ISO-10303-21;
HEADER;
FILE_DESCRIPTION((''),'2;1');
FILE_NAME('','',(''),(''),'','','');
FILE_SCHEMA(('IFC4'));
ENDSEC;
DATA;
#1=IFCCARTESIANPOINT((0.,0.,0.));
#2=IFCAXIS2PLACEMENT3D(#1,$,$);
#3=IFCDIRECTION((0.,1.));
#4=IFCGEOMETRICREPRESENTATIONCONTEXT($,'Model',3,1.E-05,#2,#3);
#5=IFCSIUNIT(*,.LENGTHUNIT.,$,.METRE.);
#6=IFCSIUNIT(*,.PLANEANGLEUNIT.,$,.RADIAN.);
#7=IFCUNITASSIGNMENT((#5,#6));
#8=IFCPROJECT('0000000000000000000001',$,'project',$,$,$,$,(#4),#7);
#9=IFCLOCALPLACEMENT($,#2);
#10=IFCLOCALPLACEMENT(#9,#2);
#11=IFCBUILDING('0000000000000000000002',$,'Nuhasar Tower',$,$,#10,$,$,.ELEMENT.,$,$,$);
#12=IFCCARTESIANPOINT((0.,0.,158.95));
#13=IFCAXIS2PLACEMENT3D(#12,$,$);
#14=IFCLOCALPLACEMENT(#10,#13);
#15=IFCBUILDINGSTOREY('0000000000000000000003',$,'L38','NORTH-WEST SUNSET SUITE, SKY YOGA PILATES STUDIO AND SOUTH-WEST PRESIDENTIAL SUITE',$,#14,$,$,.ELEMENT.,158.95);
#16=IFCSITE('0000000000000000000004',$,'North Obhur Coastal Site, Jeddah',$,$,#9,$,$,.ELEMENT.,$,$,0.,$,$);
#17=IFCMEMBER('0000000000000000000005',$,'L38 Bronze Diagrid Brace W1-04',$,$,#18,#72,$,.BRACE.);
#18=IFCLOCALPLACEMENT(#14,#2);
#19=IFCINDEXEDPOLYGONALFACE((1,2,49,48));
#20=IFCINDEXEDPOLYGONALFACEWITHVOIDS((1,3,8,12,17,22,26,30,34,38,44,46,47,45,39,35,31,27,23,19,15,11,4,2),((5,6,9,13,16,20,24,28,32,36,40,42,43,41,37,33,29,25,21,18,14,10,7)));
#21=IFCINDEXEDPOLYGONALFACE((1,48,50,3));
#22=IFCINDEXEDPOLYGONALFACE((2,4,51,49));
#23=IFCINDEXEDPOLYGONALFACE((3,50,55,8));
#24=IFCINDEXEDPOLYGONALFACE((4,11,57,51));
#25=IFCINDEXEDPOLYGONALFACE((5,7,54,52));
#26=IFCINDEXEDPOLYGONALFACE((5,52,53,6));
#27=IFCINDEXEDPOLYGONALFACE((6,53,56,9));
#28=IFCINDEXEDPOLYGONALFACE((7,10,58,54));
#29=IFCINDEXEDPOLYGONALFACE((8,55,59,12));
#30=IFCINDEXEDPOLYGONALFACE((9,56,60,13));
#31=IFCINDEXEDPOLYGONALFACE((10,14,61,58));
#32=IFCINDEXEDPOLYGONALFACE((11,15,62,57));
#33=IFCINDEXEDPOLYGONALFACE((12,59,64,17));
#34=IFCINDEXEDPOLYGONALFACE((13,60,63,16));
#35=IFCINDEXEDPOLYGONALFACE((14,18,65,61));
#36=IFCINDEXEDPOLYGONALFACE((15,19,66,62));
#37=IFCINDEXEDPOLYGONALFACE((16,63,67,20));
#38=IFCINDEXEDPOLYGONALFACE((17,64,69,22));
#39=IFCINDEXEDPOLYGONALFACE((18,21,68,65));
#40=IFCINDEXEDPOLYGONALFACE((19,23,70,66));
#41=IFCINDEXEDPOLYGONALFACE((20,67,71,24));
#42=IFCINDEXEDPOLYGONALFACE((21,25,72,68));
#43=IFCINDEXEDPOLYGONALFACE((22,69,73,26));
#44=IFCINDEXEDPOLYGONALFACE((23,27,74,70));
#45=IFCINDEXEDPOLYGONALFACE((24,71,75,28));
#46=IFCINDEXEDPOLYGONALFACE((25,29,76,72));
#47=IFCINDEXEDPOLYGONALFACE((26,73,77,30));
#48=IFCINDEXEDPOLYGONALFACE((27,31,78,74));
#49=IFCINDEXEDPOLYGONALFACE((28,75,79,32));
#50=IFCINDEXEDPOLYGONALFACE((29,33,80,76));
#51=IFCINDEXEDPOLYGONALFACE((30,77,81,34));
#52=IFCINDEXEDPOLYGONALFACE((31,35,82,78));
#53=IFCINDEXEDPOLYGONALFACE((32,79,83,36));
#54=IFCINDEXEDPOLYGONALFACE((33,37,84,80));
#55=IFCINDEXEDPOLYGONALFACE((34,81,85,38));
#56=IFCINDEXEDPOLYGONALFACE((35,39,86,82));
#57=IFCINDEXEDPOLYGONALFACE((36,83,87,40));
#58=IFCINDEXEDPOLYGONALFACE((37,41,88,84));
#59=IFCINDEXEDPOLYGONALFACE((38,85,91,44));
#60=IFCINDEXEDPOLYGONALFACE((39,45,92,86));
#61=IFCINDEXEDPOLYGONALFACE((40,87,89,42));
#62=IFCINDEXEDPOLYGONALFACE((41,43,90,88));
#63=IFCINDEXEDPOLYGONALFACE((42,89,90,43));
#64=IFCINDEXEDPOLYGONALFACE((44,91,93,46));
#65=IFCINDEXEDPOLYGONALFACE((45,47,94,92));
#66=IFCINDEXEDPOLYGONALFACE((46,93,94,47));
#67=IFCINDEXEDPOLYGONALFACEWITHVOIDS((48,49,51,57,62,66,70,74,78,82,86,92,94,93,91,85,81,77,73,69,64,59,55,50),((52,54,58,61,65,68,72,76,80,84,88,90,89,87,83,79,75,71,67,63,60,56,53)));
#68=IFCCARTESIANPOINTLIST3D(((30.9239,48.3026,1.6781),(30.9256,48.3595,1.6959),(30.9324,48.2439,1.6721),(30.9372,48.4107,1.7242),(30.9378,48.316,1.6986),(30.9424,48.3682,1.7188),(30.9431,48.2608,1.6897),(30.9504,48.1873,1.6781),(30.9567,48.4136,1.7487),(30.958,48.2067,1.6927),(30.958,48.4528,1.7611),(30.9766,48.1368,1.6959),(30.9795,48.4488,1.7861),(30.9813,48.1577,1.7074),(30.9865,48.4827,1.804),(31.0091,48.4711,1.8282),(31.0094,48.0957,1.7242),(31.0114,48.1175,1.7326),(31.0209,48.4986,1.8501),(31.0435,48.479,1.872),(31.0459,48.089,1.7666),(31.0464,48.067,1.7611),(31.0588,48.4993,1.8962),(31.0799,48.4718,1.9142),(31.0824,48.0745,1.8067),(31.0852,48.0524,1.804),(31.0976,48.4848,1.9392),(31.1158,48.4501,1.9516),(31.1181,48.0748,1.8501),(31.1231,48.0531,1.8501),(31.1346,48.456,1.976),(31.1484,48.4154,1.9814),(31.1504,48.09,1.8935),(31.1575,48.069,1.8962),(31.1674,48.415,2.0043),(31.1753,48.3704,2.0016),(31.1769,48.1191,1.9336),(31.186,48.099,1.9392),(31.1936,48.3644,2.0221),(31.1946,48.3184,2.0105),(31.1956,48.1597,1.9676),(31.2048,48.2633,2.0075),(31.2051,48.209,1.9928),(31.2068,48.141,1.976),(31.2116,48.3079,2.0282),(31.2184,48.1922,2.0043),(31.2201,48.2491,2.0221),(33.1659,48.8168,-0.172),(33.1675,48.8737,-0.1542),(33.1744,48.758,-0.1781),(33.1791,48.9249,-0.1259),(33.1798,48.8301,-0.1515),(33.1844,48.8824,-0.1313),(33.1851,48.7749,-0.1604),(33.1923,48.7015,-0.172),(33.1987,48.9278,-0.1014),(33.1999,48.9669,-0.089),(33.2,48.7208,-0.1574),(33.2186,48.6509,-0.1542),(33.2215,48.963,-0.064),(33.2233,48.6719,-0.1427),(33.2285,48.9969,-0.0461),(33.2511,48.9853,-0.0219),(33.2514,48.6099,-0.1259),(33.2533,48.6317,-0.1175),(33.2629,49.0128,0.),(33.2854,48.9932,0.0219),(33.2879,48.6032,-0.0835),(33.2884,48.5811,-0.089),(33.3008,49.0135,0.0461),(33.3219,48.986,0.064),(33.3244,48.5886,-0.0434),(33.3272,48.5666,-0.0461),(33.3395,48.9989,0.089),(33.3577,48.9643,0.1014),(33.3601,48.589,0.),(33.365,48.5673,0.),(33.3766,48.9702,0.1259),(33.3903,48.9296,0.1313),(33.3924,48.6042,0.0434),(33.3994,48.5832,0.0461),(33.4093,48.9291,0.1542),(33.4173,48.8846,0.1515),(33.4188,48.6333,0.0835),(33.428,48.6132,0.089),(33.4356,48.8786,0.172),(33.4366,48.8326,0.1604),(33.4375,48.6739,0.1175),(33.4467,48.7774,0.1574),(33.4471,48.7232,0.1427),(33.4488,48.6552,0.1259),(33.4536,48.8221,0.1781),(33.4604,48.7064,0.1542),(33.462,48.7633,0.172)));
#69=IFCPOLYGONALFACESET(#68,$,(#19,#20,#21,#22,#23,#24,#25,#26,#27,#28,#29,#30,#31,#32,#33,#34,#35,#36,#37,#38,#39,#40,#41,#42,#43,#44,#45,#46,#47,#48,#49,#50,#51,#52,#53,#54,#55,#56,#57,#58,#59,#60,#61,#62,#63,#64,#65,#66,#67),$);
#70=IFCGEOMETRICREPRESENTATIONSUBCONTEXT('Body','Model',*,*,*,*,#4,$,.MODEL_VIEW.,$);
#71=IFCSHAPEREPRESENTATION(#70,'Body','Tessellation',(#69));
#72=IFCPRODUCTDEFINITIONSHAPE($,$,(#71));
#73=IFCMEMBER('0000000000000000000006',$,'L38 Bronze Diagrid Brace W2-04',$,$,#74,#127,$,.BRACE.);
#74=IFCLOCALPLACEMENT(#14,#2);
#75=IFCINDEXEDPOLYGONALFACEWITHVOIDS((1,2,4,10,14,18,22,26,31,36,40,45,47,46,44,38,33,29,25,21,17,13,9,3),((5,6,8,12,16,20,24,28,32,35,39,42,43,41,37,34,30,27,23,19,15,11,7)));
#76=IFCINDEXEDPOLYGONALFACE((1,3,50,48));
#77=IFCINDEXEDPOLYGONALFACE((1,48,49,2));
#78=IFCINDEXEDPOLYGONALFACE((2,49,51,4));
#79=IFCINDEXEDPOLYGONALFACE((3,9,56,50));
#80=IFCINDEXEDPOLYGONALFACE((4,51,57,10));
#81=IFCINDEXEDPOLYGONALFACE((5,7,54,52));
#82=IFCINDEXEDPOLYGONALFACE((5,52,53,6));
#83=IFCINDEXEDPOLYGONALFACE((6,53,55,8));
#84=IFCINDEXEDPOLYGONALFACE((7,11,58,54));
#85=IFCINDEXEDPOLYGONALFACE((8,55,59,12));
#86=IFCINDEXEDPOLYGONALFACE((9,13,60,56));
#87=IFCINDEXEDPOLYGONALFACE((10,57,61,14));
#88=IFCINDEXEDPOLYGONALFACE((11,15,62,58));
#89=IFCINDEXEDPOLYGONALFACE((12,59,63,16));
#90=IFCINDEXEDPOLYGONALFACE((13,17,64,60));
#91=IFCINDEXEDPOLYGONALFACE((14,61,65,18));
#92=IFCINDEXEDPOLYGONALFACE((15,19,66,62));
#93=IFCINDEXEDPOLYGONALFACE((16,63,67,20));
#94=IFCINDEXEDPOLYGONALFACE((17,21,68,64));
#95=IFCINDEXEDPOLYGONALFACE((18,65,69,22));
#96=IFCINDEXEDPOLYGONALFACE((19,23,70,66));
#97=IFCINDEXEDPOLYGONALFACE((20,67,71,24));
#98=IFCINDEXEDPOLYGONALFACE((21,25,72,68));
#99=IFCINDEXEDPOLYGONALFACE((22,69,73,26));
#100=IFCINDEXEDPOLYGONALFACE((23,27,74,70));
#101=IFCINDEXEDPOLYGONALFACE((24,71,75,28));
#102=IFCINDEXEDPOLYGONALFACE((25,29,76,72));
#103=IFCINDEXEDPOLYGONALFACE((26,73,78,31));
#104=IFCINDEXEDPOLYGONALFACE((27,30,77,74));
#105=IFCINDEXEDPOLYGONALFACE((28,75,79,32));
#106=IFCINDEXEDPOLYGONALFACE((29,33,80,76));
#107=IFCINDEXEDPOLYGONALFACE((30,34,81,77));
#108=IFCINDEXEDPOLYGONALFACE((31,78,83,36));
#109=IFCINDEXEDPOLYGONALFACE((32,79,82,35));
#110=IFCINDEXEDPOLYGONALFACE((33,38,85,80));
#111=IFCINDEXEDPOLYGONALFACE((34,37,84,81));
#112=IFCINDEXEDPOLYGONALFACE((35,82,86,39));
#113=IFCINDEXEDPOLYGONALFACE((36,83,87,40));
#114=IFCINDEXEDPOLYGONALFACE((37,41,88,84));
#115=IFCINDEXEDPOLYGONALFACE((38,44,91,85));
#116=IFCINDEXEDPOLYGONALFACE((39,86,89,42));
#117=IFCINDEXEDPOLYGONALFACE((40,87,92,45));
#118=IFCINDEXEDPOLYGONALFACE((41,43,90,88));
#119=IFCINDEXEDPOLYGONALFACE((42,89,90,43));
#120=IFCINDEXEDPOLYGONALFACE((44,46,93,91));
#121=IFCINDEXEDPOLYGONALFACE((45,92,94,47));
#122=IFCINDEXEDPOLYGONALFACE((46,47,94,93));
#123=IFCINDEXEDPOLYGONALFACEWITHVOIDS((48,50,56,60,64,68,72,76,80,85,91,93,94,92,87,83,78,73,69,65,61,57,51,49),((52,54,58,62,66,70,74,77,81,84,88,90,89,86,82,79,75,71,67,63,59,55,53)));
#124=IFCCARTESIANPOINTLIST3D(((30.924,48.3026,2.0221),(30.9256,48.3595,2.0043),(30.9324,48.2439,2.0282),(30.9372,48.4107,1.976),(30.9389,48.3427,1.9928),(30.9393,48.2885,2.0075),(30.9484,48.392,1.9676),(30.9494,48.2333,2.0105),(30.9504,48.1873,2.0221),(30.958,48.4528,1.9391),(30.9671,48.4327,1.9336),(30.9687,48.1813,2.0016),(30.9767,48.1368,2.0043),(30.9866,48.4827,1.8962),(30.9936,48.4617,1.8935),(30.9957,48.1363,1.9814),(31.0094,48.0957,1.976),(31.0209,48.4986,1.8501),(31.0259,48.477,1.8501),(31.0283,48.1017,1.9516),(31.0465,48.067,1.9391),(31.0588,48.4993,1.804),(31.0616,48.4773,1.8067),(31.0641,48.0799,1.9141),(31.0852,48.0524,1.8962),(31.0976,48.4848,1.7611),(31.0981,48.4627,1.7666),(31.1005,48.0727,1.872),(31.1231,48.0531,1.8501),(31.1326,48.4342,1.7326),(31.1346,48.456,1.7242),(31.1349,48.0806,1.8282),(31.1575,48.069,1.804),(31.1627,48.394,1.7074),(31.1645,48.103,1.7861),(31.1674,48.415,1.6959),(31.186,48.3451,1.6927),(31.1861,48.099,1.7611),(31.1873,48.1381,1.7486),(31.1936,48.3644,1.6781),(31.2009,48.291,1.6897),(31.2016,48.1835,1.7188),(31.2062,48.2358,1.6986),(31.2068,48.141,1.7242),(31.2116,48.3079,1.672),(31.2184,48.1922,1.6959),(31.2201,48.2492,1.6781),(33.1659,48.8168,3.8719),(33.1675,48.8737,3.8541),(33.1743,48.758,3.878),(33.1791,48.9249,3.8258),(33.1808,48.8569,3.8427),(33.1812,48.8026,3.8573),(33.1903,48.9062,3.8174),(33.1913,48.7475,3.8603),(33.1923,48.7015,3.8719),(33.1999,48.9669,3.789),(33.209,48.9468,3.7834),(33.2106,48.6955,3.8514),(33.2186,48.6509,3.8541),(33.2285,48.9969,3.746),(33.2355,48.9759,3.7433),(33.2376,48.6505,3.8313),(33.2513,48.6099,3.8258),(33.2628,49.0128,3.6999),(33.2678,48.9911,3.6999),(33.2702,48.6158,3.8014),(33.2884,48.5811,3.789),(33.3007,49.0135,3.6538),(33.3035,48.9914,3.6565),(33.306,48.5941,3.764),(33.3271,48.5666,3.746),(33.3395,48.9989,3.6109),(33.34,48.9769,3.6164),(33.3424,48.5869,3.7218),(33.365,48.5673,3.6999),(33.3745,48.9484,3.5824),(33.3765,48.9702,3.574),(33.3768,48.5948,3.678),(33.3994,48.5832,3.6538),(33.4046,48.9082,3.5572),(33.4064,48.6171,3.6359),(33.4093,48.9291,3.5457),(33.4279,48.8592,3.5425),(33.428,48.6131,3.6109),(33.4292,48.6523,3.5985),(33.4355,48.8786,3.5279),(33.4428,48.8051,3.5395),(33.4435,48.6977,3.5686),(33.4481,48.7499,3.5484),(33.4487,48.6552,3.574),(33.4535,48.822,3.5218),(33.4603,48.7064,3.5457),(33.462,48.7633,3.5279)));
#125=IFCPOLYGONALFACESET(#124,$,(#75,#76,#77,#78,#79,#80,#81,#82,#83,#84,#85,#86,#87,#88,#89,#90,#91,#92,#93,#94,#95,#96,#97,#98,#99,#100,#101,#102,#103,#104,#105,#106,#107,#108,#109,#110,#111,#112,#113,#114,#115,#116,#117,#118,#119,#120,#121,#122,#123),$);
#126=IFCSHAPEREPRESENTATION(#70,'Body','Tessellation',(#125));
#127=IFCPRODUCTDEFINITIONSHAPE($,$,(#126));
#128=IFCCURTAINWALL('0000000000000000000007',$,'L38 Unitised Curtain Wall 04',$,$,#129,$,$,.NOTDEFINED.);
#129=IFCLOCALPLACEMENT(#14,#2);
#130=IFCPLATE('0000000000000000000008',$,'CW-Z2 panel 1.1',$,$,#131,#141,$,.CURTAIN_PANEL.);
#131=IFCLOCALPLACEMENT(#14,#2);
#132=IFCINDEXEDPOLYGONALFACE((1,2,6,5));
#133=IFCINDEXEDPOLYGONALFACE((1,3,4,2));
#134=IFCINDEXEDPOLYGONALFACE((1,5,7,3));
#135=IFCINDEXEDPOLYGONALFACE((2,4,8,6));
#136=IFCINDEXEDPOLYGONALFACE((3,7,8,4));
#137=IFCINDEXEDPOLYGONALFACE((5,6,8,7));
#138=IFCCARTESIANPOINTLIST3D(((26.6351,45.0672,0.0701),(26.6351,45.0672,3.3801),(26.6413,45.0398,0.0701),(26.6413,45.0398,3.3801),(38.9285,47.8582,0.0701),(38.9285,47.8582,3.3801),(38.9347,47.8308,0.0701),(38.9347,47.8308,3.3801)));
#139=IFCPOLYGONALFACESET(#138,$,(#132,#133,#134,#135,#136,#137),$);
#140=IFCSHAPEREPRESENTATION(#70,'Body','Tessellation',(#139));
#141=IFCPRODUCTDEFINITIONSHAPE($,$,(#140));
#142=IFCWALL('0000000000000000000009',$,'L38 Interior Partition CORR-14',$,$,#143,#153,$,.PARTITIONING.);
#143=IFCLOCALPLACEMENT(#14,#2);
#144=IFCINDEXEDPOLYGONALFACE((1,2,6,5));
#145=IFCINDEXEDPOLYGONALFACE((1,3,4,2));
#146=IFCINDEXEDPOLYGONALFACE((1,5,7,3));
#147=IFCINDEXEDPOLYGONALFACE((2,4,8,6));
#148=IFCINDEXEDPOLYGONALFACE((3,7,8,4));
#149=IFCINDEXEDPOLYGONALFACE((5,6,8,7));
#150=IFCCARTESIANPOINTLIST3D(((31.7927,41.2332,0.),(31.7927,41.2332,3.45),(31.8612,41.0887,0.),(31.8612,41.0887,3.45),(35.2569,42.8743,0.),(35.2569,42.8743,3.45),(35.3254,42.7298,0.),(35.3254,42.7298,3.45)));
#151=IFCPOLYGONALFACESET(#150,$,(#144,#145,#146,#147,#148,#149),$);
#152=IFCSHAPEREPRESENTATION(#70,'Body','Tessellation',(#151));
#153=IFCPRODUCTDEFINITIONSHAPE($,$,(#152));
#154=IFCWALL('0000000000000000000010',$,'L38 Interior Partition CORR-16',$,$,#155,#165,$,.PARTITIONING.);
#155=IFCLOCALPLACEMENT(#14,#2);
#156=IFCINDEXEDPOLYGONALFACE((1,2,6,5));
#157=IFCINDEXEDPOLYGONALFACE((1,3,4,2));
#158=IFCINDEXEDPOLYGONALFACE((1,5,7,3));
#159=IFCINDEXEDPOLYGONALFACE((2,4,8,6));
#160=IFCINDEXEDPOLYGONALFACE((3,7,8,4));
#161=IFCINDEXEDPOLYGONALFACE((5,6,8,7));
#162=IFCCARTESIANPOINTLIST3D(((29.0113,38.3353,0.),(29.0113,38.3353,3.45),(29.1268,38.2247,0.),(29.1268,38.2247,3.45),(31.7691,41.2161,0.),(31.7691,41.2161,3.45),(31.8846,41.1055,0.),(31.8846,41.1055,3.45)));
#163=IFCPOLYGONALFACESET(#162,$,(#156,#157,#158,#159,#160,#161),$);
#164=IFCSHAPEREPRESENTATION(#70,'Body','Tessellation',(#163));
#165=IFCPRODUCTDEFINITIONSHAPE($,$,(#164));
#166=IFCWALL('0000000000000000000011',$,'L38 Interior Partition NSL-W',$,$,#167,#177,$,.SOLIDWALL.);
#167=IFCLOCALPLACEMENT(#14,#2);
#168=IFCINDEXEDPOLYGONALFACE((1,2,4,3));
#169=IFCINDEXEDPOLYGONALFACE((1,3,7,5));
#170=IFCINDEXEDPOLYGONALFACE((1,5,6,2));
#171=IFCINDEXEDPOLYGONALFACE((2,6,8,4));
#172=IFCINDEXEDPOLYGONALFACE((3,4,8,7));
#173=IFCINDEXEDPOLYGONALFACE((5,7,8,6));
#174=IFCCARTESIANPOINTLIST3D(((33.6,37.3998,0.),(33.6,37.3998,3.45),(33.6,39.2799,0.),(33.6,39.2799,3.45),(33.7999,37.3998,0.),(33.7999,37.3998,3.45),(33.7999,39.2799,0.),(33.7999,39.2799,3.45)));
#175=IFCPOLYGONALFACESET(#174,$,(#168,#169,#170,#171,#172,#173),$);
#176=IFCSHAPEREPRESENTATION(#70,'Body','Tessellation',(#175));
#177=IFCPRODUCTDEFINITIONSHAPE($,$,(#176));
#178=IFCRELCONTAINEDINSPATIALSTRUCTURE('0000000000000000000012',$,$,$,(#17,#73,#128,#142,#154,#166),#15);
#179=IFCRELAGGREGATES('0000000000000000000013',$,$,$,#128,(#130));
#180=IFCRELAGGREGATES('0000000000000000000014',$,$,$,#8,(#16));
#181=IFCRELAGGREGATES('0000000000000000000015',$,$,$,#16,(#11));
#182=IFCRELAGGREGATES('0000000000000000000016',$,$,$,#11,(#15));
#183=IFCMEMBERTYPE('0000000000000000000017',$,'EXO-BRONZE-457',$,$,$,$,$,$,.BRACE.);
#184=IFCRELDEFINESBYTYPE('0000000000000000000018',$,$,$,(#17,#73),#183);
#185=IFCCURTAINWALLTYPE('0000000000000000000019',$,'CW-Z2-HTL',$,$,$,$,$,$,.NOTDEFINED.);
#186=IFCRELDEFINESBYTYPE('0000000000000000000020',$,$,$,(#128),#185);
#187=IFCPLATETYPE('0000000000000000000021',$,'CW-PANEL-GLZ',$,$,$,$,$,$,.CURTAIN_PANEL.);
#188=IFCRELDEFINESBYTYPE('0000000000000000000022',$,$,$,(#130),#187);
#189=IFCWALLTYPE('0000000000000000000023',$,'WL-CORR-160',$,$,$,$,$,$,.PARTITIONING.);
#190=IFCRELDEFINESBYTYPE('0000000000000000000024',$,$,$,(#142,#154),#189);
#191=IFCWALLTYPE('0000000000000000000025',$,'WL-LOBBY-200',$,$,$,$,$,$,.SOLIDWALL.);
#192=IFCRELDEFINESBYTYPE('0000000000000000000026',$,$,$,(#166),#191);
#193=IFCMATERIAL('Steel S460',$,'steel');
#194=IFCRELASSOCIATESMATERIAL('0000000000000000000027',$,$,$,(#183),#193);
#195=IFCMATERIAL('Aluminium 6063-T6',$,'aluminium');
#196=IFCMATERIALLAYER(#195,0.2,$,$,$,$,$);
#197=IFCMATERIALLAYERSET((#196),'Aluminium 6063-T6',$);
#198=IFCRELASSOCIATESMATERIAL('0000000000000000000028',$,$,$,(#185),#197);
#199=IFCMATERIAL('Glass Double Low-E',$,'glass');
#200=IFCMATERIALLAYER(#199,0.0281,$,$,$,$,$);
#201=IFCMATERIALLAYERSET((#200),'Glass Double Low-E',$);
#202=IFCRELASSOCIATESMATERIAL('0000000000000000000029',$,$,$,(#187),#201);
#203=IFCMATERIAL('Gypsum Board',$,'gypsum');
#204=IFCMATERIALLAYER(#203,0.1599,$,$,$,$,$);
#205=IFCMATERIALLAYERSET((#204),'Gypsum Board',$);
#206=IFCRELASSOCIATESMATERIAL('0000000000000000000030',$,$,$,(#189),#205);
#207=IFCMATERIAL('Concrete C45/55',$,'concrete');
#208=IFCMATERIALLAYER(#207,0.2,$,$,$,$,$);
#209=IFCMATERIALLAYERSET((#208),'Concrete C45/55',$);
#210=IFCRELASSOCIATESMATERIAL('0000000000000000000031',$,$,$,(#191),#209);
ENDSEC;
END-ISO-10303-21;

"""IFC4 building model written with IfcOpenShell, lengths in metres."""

from ifc_helpers import new_model, si_unit, direction, frame, frame_2d, origin, origin_2d, place, context, subcontext, project, spatial, rectangle, hollow_circle, extrude, material, layer, layer_set, material_profile, profile_set, type_object, element, aggregate, save


model = new_model("IFC4")

# Units and contexts
model_context = context("Model", 3, precision=1e-05, world=origin(), true_north=direction((0.0, 1.0)))
body_context = subcontext(model_context, "Body", "Model", "MODEL_VIEW")
ifc_project = project(units=[si_unit("LENGTHUNIT", "METRE"), si_unit("PLANEANGLEUNIT", "RADIAN")], contexts=[model_context])

# Site, building, storey
site_placement = place(None, origin())
site = spatial("IfcSite", under=ifc_project, at=site_placement, Name="North Obhur Coastal Site, Jeddah", CompositionType="ELEMENT", RefElevation=0.0)
building_placement = place(site_placement, origin())
building = spatial("IfcBuilding", under=site, at=building_placement, Name="Nuhasar Tower", CompositionType="ELEMENT")
storey_placement = place(building_placement, frame((0.0, 0.0, 158.95)))
storey = spatial("IfcBuildingStorey", under=building, at=storey_placement, Name="L38", Description="NORTH-WEST SUNSET SUITE, SKY YOGA PILATES STUDIO AND SOUTH-WEST PRESIDENTIAL SUITE", CompositionType="ELEMENT", Elevation=158.95)

# Members
ifc_material_1 = material(Name="Steel S460", Category="steel")
ifc_material_profile_1 = material_profile(ifc_material_1, hollow_circle(Radius=0.2285, WallThickness=0.0222, at=origin_2d()), Name="HSS457X22.2")
ifc_profile_set_1 = profile_set([ifc_material_profile_1], Name="Steel S460")
member_type = type_object("IfcMemberType", Name="EXO-BRONZE-457", PredefinedType="BRACE", material=ifc_profile_set_1)
member_1_placement = place(storey_placement, frame((33.314, 48.79, 0.0), z_axis=(-0.7595, -0.174181, 0.626755), x_axis=(0.223534, -0.974696, 0.0)))
element("IfcMember", 1, at=member_1_placement, inside=storey, type_object=member_type, Name="L38 Bronze Diagrid Brace W1-04", PredefinedType="BRACE", context=body_context, shape_type="SweptSolid", body=[
    extrude(hollow_circle(Radius=0.2285, WallThickness=0.0222, at=origin_2d()), origin(), (0.0, 0.0, 1.0), 2.9519),
])
member_2_placement = place(storey_placement, frame((31.072, 48.2759, 1.8501), z_axis=(0.759539, 0.17419, 0.626704), x_axis=(-0.223534, 0.974696, 0.0)))
element("IfcMember", 2, at=member_2_placement, inside=storey, type_object=member_type, Name="L38 Bronze Diagrid Brace W2-04", PredefinedType="BRACE", context=body_context, shape_type="SweptSolid", body=[
    extrude(hollow_circle(Radius=0.2285, WallThickness=0.0222, at=origin_2d()), origin(), (0.0, 0.0, 1.0), 2.9517),
])

# Curtain wall, plate
ifc_material_2 = material(Name="Aluminium 6063-T6", Category="aluminium")
ifc_layer_1 = layer(ifc_material_2, 0.2)
ifc_layer_set_1 = layer_set([ifc_layer_1], Name="Aluminium 6063-T6")
curtain_wall_type = type_object("IfcCurtainWallType", Name="CW-Z2-HTL", PredefinedType="NOTDEFINED", material=ifc_layer_set_1)
curtain_wall_placement = place(storey_placement, origin())
curtain_wall = element("IfcCurtainWall", 3, at=curtain_wall_placement, inside=storey, type_object=curtain_wall_type, Name="L38 Unitised Curtain Wall 04", PredefinedType="NOTDEFINED")
ifc_material_3 = material(Name="Glass Double Low-E", Category="glass")
ifc_layer_2 = layer(ifc_material_3, 0.0281)
ifc_layer_set_2 = layer_set([ifc_layer_2], Name="Glass Double Low-E")
plate_type = type_object("IfcPlateType", Name="CW-PANEL-GLZ", PredefinedType="CURTAIN_PANEL", material=ifc_layer_set_2)
plate_placement = place(storey_placement, frame((32.7849, 46.449, 0.0701), z_axis=(0.0, 0.0, 1.0), x_axis=(-0.975184, -0.221397, 0.0)))
plate = element("IfcPlate", 4, at=plate_placement, type_object=plate_type, Name="CW-Z2 panel 1.1", PredefinedType="CURTAIN_PANEL", context=body_context, shape_type="SweptSolid", body=[
    extrude(rectangle(XDim=12.6062, YDim=0.0281, at=origin_2d()), origin(), (0.0, 0.0, 1.0), 3.3101),
])
aggregate(curtain_wall, [plate])

# Shared definitions
ifc_material_4 = material(Name="Gypsum Board", Category="gypsum")
ifc_layer_3 = layer(ifc_material_4, 0.1599)
ifc_layer_set_3 = layer_set([ifc_layer_3], Name="Gypsum Board")
wall_type_1 = type_object("IfcWallType", Name="WL-CORR-160", PredefinedType="PARTITIONING", material=ifc_layer_set_3)

# Walls
wall_1_placement = place(storey_placement, frame((35.291, 42.802, 0.0), z_axis=(0.0, 0.0, 1.0), x_axis=(-0.903716, -0.428133, 0.0)))
element("IfcWall", 5, at=wall_1_placement, inside=storey, type_object=wall_type_1, Name="L38 Interior Partition CORR-14", PredefinedType="PARTITIONING", context=body_context, shape_type="SweptSolid", body=[
    extrude(rectangle(XDim=3.8333, YDim=0.1599, at=frame_2d((1.9165, 0.0))), origin(), (0.0, 0.0, 1.0), 3.45),
])
wall_2_placement = place(storey_placement, frame((31.8269, 41.1609, 0.0), z_axis=(0.0, 0.0, 1.0), x_axis=(-0.691512, -0.722365, 0.0)))
element("IfcWall", 6, at=wall_2_placement, inside=storey, type_object=wall_type_1, Name="L38 Interior Partition CORR-16", PredefinedType="PARTITIONING", context=body_context, shape_type="SweptSolid", body=[
    extrude(rectangle(XDim=3.988, YDim=0.1599, at=frame_2d((1.9941, 0.0))), origin(), (0.0, 0.0, 1.0), 3.45),
])
ifc_material_5 = material(Name="Concrete C45/55", Category="concrete")
ifc_layer_4 = layer(ifc_material_5, 0.2)
ifc_layer_set_4 = layer_set([ifc_layer_4], Name="Concrete C45/55")
wall_type_2 = type_object("IfcWallType", Name="WL-LOBBY-200", PredefinedType="SOLIDWALL", material=ifc_layer_set_4)
wall_3_placement = place(storey_placement, frame((33.7, 37.3999, 0.0), z_axis=(0.0, 0.0, 1.0), x_axis=(0.0, 1.0, 0.0)))
element("IfcWall", 7, at=wall_3_placement, inside=storey, type_object=wall_type_2, Name="L38 Interior Partition NSL-W", PredefinedType="SOLIDWALL", context=body_context, shape_type="SweptSolid", body=[
    extrude(rectangle(XDim=1.8801, YDim=0.2, at=frame_2d((0.9399, 0.0))), origin(), (0.0, 0.0, 1.0), 3.45),
])

save(model, "model.ifc")
